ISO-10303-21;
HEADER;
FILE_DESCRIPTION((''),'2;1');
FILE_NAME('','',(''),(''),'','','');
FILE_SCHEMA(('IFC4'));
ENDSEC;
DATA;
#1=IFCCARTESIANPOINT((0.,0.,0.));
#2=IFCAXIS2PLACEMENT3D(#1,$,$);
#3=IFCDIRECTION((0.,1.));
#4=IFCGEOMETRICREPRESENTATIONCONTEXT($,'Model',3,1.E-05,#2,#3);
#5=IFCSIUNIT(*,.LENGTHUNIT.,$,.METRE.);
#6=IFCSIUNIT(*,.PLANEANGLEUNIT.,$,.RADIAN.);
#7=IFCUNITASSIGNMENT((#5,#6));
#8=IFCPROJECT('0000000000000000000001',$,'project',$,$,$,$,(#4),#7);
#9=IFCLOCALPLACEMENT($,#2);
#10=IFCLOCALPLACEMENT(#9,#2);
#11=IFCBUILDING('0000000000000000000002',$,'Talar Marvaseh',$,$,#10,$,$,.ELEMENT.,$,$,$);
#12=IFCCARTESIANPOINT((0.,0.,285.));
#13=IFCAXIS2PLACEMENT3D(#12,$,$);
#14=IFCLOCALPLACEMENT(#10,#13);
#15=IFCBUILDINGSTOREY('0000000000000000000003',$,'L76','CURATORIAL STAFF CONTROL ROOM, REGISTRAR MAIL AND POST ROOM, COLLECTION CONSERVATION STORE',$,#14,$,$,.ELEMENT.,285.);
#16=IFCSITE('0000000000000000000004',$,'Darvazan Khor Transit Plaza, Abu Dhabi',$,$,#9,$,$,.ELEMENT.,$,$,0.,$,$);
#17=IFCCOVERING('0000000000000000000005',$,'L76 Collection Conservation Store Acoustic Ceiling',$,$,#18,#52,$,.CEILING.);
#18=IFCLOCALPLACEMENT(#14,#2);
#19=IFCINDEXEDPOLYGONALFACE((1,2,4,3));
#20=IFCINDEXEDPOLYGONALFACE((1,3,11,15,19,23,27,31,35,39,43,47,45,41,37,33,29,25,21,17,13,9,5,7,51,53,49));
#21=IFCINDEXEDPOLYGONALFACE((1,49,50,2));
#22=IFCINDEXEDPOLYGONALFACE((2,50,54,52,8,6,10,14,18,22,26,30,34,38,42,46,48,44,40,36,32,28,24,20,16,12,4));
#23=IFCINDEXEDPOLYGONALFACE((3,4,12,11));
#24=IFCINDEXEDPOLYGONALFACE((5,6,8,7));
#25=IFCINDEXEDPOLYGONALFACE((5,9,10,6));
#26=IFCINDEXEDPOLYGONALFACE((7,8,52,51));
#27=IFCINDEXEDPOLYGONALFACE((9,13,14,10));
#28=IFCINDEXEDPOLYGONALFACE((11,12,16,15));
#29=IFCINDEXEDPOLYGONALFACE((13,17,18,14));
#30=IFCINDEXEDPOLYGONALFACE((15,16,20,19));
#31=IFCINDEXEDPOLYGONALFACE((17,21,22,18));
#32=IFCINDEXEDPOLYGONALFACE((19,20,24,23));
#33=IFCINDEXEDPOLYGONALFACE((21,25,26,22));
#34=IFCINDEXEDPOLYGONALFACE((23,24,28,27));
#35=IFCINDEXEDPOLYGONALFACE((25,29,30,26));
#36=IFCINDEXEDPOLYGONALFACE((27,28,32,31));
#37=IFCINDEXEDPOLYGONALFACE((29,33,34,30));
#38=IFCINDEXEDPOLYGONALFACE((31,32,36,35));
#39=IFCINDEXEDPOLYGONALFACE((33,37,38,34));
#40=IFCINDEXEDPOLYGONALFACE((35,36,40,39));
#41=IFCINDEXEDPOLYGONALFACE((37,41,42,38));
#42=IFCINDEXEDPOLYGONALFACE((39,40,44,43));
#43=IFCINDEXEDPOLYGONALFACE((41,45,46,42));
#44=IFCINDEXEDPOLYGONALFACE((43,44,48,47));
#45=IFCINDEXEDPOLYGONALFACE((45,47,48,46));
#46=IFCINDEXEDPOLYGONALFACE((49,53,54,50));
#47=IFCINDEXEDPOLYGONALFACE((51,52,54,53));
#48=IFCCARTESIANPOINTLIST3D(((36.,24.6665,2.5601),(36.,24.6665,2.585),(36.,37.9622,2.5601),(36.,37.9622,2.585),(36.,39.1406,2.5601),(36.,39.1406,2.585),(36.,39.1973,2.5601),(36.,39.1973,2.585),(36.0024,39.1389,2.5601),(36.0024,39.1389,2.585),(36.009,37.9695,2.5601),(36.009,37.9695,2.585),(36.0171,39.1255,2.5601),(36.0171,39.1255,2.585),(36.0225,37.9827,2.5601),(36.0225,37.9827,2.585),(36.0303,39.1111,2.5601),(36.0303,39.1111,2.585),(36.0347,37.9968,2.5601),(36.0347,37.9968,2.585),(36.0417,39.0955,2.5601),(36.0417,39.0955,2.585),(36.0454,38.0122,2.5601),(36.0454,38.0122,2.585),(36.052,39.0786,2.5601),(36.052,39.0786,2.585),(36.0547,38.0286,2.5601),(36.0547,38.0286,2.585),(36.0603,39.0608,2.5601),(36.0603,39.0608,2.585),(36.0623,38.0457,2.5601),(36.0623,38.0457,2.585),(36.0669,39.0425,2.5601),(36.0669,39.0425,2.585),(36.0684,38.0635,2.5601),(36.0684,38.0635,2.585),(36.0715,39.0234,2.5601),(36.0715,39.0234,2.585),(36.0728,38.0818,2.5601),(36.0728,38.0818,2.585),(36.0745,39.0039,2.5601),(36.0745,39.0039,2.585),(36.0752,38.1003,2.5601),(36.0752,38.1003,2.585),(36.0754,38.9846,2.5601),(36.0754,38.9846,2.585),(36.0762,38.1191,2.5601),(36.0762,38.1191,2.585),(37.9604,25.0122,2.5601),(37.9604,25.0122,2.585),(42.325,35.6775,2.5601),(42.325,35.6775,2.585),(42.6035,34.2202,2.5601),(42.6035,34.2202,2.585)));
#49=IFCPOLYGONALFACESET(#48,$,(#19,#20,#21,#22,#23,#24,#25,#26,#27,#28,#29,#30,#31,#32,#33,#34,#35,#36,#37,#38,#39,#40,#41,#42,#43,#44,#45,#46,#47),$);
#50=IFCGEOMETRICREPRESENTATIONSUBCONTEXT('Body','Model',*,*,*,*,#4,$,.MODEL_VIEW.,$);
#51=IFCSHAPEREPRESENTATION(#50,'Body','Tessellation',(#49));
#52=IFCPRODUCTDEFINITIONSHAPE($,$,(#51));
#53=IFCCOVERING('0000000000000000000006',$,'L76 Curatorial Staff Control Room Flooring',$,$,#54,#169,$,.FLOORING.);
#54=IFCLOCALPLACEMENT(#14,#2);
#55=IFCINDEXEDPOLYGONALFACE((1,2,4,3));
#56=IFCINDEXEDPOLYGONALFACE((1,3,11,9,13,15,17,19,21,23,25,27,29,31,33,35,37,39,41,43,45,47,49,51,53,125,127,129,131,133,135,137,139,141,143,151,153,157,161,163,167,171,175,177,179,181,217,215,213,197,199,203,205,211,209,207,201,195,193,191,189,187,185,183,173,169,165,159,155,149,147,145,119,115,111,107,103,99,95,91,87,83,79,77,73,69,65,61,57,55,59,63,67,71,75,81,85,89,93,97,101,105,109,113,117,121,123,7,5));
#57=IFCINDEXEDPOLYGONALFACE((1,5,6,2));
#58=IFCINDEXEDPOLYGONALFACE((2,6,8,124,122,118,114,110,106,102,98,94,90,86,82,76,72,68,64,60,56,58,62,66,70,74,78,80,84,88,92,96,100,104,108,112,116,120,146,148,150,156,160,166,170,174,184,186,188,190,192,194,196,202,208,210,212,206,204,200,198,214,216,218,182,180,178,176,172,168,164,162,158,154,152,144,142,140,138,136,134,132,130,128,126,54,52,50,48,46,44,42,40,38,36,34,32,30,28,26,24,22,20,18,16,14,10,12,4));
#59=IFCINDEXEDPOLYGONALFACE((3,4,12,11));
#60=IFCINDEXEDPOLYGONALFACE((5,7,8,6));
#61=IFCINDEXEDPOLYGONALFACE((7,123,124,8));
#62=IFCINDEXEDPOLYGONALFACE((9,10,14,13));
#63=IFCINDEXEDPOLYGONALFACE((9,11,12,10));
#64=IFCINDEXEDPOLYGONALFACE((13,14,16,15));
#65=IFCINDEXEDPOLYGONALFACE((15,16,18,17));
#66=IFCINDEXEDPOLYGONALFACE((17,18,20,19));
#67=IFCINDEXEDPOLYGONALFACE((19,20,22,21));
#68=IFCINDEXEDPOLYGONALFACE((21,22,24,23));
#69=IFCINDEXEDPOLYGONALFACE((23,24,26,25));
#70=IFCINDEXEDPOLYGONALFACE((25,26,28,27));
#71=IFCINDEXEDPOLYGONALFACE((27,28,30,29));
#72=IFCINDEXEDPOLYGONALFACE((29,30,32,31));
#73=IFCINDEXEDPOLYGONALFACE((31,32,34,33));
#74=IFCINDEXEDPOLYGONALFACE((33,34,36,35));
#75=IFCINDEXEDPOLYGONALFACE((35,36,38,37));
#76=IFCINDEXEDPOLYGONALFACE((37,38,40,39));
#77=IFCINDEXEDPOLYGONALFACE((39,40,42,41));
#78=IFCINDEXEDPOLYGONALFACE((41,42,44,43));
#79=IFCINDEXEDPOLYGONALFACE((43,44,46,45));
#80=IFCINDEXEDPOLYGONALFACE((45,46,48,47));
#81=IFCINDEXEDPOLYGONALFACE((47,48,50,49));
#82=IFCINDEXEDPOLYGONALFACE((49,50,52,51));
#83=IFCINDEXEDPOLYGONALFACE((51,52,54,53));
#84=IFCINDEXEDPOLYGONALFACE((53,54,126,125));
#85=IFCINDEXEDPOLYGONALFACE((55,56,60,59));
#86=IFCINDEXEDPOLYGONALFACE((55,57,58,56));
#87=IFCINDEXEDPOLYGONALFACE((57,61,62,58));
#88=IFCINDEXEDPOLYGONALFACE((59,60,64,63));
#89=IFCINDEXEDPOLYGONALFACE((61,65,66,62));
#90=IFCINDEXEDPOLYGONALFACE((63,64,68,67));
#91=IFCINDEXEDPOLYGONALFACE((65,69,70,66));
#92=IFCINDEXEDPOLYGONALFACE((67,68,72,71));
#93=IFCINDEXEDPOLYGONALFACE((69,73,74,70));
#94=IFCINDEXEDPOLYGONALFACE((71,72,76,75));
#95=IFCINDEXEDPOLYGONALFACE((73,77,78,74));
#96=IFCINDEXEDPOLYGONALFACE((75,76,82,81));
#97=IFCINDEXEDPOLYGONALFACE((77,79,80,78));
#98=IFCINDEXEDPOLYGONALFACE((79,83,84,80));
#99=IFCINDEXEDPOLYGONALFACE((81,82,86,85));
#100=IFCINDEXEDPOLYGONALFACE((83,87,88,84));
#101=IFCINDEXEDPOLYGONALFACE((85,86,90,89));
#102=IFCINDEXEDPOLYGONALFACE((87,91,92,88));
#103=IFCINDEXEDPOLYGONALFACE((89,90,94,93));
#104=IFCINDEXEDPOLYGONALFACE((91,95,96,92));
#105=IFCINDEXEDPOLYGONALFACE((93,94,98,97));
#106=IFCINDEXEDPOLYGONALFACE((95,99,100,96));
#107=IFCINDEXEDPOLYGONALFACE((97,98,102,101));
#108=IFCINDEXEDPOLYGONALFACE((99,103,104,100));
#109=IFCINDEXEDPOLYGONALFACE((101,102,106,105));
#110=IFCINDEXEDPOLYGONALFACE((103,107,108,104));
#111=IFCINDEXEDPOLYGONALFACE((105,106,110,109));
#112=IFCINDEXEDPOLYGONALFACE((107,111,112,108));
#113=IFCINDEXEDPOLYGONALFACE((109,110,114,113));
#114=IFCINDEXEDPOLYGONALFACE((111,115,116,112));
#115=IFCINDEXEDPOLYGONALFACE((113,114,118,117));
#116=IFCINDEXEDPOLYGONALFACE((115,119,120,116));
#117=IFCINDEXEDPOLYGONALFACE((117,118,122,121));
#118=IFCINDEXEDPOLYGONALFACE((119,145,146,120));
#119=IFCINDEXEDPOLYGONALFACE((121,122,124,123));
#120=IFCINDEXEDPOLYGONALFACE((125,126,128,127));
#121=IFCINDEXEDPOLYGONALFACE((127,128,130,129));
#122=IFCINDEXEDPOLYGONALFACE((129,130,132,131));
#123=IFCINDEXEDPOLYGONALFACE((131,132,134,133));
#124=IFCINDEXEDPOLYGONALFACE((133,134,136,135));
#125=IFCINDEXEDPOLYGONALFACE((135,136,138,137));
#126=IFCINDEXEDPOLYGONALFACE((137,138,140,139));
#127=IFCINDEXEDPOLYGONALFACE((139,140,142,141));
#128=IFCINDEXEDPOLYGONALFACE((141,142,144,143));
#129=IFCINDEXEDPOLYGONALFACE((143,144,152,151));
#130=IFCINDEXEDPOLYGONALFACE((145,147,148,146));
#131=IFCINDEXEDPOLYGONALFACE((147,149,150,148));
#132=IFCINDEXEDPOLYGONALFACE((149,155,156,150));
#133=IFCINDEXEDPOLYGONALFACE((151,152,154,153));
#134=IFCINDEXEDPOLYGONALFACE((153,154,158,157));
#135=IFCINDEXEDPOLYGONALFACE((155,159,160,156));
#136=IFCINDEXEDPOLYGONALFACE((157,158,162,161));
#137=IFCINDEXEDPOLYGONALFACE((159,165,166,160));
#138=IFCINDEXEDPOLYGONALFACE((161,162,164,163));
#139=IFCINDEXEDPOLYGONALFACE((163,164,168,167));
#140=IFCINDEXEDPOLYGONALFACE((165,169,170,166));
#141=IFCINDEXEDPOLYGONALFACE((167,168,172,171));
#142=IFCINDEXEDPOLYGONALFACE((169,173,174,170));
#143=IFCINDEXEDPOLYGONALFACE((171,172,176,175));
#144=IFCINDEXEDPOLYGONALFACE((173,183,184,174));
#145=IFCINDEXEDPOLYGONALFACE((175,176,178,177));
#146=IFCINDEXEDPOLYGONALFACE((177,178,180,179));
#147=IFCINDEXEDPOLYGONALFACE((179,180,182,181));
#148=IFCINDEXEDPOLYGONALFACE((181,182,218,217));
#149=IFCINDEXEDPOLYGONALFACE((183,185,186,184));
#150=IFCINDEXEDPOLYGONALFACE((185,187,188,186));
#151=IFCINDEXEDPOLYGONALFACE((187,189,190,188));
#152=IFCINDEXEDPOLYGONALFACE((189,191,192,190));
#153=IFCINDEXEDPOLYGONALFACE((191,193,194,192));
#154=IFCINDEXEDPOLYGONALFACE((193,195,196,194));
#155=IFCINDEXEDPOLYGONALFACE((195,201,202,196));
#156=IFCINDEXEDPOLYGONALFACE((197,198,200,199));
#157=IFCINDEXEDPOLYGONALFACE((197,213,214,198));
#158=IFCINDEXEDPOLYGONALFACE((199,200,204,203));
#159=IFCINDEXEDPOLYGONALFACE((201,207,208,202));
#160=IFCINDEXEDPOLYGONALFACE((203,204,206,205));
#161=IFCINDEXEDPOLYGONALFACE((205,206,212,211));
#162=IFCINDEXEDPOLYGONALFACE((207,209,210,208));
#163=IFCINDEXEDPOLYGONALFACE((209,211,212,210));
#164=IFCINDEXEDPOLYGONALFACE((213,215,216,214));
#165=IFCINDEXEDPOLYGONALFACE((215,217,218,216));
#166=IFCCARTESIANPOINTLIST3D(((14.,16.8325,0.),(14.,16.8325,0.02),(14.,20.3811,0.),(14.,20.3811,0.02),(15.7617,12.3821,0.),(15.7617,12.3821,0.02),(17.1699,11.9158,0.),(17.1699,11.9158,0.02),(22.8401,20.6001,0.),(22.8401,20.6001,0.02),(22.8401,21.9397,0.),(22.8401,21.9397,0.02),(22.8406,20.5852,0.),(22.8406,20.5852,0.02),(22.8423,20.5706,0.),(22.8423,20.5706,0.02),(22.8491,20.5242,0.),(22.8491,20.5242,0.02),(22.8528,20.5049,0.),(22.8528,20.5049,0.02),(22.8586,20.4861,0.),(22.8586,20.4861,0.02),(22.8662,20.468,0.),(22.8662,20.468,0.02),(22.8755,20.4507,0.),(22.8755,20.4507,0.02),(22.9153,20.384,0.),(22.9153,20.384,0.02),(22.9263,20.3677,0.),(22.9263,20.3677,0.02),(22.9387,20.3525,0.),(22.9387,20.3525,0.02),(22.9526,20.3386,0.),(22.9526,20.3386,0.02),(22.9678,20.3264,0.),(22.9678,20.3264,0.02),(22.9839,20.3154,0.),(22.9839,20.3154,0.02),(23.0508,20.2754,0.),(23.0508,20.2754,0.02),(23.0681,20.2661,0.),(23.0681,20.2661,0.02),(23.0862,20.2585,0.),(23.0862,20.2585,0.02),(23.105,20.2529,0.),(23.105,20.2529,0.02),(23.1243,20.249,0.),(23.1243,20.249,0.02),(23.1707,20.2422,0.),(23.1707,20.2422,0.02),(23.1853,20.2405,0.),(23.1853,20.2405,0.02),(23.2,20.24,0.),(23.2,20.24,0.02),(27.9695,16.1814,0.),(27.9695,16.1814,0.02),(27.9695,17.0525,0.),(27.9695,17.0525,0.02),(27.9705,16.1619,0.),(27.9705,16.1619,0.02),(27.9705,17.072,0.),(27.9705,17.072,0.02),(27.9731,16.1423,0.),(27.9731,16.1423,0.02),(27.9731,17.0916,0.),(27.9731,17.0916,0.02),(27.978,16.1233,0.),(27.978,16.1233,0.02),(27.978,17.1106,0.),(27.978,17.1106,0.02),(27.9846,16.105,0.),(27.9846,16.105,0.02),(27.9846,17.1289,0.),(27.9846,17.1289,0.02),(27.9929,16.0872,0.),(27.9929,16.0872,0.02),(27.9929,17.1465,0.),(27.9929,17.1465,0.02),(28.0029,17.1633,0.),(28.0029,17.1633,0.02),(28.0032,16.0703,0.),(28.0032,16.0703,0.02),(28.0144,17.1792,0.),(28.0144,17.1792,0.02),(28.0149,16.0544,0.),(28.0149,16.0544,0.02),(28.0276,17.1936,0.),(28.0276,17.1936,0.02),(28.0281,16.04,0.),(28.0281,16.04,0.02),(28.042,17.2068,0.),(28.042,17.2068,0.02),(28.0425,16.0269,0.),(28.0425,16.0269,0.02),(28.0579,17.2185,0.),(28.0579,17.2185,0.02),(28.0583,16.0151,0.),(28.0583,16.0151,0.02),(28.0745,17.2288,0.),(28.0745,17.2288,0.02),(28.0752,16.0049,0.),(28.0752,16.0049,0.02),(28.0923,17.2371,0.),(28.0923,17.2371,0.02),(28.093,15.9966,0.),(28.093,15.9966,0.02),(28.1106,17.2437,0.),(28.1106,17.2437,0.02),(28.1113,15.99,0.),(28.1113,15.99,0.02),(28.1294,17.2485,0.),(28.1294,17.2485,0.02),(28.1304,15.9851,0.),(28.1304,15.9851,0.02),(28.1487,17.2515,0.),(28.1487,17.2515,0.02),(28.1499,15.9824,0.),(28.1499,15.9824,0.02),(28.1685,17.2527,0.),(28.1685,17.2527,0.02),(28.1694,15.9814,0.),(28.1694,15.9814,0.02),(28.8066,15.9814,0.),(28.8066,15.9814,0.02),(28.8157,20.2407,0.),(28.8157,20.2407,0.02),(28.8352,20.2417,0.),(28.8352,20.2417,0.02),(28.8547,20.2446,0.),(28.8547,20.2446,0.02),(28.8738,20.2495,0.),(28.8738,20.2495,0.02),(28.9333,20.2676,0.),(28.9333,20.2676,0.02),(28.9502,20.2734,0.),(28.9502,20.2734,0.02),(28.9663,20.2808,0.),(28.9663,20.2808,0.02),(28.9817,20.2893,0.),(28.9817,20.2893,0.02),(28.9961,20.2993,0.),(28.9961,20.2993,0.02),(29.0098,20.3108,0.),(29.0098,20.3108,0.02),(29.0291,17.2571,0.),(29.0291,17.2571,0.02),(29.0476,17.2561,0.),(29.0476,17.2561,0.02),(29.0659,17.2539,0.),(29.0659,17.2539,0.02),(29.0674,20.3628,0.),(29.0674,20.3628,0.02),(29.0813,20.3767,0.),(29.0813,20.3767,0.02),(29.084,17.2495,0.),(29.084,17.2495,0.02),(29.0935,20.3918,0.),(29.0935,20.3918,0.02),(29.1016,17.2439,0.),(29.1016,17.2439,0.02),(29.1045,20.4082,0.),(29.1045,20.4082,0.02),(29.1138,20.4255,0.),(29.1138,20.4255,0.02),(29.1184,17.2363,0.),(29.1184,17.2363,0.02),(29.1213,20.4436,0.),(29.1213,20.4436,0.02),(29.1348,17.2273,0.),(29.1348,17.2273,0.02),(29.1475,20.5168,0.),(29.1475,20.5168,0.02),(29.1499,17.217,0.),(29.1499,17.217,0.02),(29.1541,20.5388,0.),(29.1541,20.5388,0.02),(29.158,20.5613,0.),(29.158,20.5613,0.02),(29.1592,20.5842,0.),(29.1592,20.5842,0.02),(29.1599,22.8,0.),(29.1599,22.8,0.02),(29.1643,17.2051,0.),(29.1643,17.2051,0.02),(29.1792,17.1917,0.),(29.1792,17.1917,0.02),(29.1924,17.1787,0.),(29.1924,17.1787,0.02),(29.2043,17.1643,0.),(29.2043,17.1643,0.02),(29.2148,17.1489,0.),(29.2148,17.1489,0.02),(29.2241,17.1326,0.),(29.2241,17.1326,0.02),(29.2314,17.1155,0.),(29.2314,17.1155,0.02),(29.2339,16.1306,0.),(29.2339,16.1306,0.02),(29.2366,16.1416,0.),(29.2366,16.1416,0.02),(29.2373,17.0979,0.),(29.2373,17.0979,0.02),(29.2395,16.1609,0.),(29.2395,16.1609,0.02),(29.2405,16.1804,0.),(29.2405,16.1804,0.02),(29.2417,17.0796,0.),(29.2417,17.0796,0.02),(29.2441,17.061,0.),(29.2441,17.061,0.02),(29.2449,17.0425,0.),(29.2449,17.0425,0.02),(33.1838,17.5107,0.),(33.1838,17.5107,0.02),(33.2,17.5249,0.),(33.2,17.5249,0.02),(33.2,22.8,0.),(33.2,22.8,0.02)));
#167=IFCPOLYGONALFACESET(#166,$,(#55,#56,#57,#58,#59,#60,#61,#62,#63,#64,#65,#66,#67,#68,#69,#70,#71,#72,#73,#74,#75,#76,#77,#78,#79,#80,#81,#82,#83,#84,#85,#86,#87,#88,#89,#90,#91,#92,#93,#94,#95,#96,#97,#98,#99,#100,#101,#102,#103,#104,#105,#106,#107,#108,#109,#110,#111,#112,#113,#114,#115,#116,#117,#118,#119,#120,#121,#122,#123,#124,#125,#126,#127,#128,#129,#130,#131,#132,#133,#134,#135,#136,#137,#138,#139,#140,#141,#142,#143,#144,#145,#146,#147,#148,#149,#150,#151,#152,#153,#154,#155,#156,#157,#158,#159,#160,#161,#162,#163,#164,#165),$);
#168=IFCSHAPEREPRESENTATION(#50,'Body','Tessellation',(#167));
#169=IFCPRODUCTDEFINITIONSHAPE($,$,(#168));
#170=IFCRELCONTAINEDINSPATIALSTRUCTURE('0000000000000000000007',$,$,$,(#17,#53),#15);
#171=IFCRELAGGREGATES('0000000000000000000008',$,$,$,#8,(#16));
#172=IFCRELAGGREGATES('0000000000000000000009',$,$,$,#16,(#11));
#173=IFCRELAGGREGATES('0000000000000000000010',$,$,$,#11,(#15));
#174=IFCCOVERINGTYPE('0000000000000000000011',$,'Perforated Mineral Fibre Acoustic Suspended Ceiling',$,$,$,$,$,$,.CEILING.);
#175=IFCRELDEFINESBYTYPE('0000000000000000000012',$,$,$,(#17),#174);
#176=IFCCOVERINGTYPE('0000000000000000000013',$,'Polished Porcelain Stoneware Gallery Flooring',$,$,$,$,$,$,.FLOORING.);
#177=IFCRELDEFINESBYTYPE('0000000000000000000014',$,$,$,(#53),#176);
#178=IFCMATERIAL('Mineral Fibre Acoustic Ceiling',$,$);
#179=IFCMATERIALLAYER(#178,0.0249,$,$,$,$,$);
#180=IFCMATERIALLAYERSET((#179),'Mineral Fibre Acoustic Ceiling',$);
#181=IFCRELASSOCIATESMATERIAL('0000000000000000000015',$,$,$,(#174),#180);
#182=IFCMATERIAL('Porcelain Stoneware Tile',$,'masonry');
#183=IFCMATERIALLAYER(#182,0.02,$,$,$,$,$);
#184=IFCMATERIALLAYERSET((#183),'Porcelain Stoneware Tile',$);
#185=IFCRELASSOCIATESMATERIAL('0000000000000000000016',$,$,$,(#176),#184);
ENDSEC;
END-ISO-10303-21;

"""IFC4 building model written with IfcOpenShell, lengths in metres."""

from ifc_helpers import new_model, si_unit, direction, frame, origin, place, context, subcontext, project, spatial, polyline, outline, extrude, material, layer, layer_set, type_object, element, save


model = new_model("IFC4")

# Units and contexts
model_context = context("Model", 3, precision=1e-05, world=origin(), true_north=direction((0.0, 1.0)))
body_context = subcontext(model_context, "Body", "Model", "MODEL_VIEW")
ifc_project = project(units=[si_unit("LENGTHUNIT", "METRE"), si_unit("PLANEANGLEUNIT", "RADIAN")], contexts=[model_context])

# Site, building, storey
site_placement = place(None, origin())
site = spatial("IfcSite", under=ifc_project, at=site_placement, Name="Darvazan Khor Transit Plaza, Abu Dhabi", CompositionType="ELEMENT", RefElevation=0.0)
building_placement = place(site_placement, origin())
building = spatial("IfcBuilding", under=site, at=building_placement, Name="Talar Marvaseh", CompositionType="ELEMENT")
storey_placement = place(building_placement, frame((0.0, 0.0, 285.0)))
storey = spatial("IfcBuildingStorey", under=building, at=storey_placement, Name="L76", Description="CURATORIAL STAFF CONTROL ROOM, REGISTRAR MAIL AND POST ROOM, COLLECTION CONSERVATION STORE", CompositionType="ELEMENT", Elevation=285.0)

# Coverings
ifc_material_1 = material(Name="Mineral Fibre Acoustic Ceiling")
ifc_layer_1 = layer(ifc_material_1, 0.0249)
ifc_layer_set_1 = layer_set([ifc_layer_1], Name="Mineral Fibre Acoustic Ceiling")
covering_type_1 = type_object("IfcCoveringType", Name="Perforated Mineral Fibre Acoustic Suspended Ceiling", PredefinedType="CEILING", material=ifc_layer_set_1)
covering_1_placement = place(storey_placement, frame((0.0, 0.0, 2.5601)))
element("IfcCovering", 1, at=covering_1_placement, inside=storey, type_object=covering_type_1, Name="L76 Collection Conservation Store Acoustic Ceiling", PredefinedType="CEILING", context=body_context, shape_type="SweptSolid", body=[
    extrude(outline(polyline([(36.0225, 37.9827), (36.0347, 37.9968), (36.0454, 38.0122), (36.0547, 38.0286), (36.0623, 38.0457), (36.0684, 38.0635), (36.0728, 38.0818), (36.0752, 38.1003), (36.0762, 38.1191), (36.0754, 38.9846), (36.0745, 39.0039), (36.0715, 39.0234), (36.0669, 39.0425), (36.0603, 39.0608), (36.052, 39.0786), (36.0417, 39.0955), (36.0303, 39.1111), (36.0171, 39.1255), (36.0024, 39.1389), (36.0, 39.1406), (36.0, 39.1973), (42.325, 35.6775), (42.6035, 34.2202), (37.9604, 25.0122), (36.0, 24.6665), (36.0, 37.9622), (36.009, 37.9695), (36.0225, 37.9827)])), origin(), (0.0, 0.0, 1.0), 0.0249),
])
ifc_material_2 = material(Name="Porcelain Stoneware Tile", Category="masonry")
ifc_layer_2 = layer(ifc_material_2, 0.02)
ifc_layer_set_2 = layer_set([ifc_layer_2], Name="Porcelain Stoneware Tile")
covering_type_2 = type_object("IfcCoveringType", Name="Polished Porcelain Stoneware Gallery Flooring", PredefinedType="FLOORING", material=ifc_layer_set_2)
covering_2_placement = place(storey_placement, origin())
element("IfcCovering", 2, at=covering_2_placement, inside=storey, type_object=covering_type_2, Name="L76 Curatorial Staff Control Room Flooring", PredefinedType="FLOORING", context=body_context, shape_type="SweptSolid", body=[
    extrude(outline(polyline([(22.8401, 20.6001), (22.8406, 20.5852), (22.8423, 20.5706), (22.8491, 20.5242), (22.8528, 20.5049), (22.8586, 20.4861), (22.8662, 20.468), (22.8755, 20.4507), (22.9153, 20.384), (22.9263, 20.3677), (22.9387, 20.3525), (22.9526, 20.3386), (22.9678, 20.3264), (22.9839, 20.3154), (23.0508, 20.2754), (23.0681, 20.2661), (23.0862, 20.2585), (23.105, 20.2529), (23.1243, 20.249), (23.1707, 20.2422), (23.1853, 20.2405), (23.2, 20.24), (28.8157, 20.2407), (28.8352, 20.2417), (28.8547, 20.2446), (28.8738, 20.2495), (28.9333, 20.2676), (28.9502, 20.2734), (28.9663, 20.2808), (28.9817, 20.2893), (28.9961, 20.2993), (29.0098, 20.3108), (29.0674, 20.3628), (29.0813, 20.3767), (29.0935, 20.3918), (29.1045, 20.4082), (29.1138, 20.4255), (29.1213, 20.4436), (29.1475, 20.5168), (29.1541, 20.5388), (29.158, 20.5613), (29.1592, 20.5842), (29.1599, 22.8), (33.2, 22.8), (33.2, 17.5249), (33.1838, 17.5107), (29.2339, 16.1306), (29.2366, 16.1416), (29.2395, 16.1609), (29.2405, 16.1804), (29.2449, 17.0425), (29.2441, 17.061), (29.2417, 17.0796), (29.2373, 17.0979), (29.2314, 17.1155), (29.2241, 17.1326), (29.2148, 17.1489), (29.2043, 17.1643), (29.1924, 17.1787), (29.1792, 17.1917), (29.1643, 17.2051), (29.1499, 17.217), (29.1348, 17.2273), (29.1184, 17.2363), (29.1016, 17.2439), (29.084, 17.2495), (29.0659, 17.2539), (29.0476, 17.2561), (29.0291, 17.2571), (28.1685, 17.2527), (28.1487, 17.2515), (28.1294, 17.2485), (28.1106, 17.2437), (28.0923, 17.2371), (28.0745, 17.2288), (28.0579, 17.2185), (28.042, 17.2068), (28.0276, 17.1936), (28.0144, 17.1792), (28.0029, 17.1633), (27.9929, 17.1465), (27.9846, 17.1289), (27.978, 17.1106), (27.9731, 17.0916), (27.9705, 17.072), (27.9695, 17.0525), (27.9695, 16.1814), (27.9705, 16.1619), (27.9731, 16.1423), (27.978, 16.1233), (27.9846, 16.105), (27.9929, 16.0872), (28.0032, 16.0703), (28.0149, 16.0544), (28.0281, 16.04), (28.0425, 16.0269), (28.0583, 16.0151), (28.0752, 16.0049), (28.093, 15.9966), (28.1113, 15.99), (28.1304, 15.9851), (28.1499, 15.9824), (28.1694, 15.9814), (28.8066, 15.9814), (17.1699, 11.9158), (15.7617, 12.3821), (14.0, 16.8325), (14.0, 20.3811), (22.8401, 21.9397), (22.8401, 20.6001)])), origin(), (0.0, 0.0, 1.0), 0.02),
])

save(model, "model.ifc")
